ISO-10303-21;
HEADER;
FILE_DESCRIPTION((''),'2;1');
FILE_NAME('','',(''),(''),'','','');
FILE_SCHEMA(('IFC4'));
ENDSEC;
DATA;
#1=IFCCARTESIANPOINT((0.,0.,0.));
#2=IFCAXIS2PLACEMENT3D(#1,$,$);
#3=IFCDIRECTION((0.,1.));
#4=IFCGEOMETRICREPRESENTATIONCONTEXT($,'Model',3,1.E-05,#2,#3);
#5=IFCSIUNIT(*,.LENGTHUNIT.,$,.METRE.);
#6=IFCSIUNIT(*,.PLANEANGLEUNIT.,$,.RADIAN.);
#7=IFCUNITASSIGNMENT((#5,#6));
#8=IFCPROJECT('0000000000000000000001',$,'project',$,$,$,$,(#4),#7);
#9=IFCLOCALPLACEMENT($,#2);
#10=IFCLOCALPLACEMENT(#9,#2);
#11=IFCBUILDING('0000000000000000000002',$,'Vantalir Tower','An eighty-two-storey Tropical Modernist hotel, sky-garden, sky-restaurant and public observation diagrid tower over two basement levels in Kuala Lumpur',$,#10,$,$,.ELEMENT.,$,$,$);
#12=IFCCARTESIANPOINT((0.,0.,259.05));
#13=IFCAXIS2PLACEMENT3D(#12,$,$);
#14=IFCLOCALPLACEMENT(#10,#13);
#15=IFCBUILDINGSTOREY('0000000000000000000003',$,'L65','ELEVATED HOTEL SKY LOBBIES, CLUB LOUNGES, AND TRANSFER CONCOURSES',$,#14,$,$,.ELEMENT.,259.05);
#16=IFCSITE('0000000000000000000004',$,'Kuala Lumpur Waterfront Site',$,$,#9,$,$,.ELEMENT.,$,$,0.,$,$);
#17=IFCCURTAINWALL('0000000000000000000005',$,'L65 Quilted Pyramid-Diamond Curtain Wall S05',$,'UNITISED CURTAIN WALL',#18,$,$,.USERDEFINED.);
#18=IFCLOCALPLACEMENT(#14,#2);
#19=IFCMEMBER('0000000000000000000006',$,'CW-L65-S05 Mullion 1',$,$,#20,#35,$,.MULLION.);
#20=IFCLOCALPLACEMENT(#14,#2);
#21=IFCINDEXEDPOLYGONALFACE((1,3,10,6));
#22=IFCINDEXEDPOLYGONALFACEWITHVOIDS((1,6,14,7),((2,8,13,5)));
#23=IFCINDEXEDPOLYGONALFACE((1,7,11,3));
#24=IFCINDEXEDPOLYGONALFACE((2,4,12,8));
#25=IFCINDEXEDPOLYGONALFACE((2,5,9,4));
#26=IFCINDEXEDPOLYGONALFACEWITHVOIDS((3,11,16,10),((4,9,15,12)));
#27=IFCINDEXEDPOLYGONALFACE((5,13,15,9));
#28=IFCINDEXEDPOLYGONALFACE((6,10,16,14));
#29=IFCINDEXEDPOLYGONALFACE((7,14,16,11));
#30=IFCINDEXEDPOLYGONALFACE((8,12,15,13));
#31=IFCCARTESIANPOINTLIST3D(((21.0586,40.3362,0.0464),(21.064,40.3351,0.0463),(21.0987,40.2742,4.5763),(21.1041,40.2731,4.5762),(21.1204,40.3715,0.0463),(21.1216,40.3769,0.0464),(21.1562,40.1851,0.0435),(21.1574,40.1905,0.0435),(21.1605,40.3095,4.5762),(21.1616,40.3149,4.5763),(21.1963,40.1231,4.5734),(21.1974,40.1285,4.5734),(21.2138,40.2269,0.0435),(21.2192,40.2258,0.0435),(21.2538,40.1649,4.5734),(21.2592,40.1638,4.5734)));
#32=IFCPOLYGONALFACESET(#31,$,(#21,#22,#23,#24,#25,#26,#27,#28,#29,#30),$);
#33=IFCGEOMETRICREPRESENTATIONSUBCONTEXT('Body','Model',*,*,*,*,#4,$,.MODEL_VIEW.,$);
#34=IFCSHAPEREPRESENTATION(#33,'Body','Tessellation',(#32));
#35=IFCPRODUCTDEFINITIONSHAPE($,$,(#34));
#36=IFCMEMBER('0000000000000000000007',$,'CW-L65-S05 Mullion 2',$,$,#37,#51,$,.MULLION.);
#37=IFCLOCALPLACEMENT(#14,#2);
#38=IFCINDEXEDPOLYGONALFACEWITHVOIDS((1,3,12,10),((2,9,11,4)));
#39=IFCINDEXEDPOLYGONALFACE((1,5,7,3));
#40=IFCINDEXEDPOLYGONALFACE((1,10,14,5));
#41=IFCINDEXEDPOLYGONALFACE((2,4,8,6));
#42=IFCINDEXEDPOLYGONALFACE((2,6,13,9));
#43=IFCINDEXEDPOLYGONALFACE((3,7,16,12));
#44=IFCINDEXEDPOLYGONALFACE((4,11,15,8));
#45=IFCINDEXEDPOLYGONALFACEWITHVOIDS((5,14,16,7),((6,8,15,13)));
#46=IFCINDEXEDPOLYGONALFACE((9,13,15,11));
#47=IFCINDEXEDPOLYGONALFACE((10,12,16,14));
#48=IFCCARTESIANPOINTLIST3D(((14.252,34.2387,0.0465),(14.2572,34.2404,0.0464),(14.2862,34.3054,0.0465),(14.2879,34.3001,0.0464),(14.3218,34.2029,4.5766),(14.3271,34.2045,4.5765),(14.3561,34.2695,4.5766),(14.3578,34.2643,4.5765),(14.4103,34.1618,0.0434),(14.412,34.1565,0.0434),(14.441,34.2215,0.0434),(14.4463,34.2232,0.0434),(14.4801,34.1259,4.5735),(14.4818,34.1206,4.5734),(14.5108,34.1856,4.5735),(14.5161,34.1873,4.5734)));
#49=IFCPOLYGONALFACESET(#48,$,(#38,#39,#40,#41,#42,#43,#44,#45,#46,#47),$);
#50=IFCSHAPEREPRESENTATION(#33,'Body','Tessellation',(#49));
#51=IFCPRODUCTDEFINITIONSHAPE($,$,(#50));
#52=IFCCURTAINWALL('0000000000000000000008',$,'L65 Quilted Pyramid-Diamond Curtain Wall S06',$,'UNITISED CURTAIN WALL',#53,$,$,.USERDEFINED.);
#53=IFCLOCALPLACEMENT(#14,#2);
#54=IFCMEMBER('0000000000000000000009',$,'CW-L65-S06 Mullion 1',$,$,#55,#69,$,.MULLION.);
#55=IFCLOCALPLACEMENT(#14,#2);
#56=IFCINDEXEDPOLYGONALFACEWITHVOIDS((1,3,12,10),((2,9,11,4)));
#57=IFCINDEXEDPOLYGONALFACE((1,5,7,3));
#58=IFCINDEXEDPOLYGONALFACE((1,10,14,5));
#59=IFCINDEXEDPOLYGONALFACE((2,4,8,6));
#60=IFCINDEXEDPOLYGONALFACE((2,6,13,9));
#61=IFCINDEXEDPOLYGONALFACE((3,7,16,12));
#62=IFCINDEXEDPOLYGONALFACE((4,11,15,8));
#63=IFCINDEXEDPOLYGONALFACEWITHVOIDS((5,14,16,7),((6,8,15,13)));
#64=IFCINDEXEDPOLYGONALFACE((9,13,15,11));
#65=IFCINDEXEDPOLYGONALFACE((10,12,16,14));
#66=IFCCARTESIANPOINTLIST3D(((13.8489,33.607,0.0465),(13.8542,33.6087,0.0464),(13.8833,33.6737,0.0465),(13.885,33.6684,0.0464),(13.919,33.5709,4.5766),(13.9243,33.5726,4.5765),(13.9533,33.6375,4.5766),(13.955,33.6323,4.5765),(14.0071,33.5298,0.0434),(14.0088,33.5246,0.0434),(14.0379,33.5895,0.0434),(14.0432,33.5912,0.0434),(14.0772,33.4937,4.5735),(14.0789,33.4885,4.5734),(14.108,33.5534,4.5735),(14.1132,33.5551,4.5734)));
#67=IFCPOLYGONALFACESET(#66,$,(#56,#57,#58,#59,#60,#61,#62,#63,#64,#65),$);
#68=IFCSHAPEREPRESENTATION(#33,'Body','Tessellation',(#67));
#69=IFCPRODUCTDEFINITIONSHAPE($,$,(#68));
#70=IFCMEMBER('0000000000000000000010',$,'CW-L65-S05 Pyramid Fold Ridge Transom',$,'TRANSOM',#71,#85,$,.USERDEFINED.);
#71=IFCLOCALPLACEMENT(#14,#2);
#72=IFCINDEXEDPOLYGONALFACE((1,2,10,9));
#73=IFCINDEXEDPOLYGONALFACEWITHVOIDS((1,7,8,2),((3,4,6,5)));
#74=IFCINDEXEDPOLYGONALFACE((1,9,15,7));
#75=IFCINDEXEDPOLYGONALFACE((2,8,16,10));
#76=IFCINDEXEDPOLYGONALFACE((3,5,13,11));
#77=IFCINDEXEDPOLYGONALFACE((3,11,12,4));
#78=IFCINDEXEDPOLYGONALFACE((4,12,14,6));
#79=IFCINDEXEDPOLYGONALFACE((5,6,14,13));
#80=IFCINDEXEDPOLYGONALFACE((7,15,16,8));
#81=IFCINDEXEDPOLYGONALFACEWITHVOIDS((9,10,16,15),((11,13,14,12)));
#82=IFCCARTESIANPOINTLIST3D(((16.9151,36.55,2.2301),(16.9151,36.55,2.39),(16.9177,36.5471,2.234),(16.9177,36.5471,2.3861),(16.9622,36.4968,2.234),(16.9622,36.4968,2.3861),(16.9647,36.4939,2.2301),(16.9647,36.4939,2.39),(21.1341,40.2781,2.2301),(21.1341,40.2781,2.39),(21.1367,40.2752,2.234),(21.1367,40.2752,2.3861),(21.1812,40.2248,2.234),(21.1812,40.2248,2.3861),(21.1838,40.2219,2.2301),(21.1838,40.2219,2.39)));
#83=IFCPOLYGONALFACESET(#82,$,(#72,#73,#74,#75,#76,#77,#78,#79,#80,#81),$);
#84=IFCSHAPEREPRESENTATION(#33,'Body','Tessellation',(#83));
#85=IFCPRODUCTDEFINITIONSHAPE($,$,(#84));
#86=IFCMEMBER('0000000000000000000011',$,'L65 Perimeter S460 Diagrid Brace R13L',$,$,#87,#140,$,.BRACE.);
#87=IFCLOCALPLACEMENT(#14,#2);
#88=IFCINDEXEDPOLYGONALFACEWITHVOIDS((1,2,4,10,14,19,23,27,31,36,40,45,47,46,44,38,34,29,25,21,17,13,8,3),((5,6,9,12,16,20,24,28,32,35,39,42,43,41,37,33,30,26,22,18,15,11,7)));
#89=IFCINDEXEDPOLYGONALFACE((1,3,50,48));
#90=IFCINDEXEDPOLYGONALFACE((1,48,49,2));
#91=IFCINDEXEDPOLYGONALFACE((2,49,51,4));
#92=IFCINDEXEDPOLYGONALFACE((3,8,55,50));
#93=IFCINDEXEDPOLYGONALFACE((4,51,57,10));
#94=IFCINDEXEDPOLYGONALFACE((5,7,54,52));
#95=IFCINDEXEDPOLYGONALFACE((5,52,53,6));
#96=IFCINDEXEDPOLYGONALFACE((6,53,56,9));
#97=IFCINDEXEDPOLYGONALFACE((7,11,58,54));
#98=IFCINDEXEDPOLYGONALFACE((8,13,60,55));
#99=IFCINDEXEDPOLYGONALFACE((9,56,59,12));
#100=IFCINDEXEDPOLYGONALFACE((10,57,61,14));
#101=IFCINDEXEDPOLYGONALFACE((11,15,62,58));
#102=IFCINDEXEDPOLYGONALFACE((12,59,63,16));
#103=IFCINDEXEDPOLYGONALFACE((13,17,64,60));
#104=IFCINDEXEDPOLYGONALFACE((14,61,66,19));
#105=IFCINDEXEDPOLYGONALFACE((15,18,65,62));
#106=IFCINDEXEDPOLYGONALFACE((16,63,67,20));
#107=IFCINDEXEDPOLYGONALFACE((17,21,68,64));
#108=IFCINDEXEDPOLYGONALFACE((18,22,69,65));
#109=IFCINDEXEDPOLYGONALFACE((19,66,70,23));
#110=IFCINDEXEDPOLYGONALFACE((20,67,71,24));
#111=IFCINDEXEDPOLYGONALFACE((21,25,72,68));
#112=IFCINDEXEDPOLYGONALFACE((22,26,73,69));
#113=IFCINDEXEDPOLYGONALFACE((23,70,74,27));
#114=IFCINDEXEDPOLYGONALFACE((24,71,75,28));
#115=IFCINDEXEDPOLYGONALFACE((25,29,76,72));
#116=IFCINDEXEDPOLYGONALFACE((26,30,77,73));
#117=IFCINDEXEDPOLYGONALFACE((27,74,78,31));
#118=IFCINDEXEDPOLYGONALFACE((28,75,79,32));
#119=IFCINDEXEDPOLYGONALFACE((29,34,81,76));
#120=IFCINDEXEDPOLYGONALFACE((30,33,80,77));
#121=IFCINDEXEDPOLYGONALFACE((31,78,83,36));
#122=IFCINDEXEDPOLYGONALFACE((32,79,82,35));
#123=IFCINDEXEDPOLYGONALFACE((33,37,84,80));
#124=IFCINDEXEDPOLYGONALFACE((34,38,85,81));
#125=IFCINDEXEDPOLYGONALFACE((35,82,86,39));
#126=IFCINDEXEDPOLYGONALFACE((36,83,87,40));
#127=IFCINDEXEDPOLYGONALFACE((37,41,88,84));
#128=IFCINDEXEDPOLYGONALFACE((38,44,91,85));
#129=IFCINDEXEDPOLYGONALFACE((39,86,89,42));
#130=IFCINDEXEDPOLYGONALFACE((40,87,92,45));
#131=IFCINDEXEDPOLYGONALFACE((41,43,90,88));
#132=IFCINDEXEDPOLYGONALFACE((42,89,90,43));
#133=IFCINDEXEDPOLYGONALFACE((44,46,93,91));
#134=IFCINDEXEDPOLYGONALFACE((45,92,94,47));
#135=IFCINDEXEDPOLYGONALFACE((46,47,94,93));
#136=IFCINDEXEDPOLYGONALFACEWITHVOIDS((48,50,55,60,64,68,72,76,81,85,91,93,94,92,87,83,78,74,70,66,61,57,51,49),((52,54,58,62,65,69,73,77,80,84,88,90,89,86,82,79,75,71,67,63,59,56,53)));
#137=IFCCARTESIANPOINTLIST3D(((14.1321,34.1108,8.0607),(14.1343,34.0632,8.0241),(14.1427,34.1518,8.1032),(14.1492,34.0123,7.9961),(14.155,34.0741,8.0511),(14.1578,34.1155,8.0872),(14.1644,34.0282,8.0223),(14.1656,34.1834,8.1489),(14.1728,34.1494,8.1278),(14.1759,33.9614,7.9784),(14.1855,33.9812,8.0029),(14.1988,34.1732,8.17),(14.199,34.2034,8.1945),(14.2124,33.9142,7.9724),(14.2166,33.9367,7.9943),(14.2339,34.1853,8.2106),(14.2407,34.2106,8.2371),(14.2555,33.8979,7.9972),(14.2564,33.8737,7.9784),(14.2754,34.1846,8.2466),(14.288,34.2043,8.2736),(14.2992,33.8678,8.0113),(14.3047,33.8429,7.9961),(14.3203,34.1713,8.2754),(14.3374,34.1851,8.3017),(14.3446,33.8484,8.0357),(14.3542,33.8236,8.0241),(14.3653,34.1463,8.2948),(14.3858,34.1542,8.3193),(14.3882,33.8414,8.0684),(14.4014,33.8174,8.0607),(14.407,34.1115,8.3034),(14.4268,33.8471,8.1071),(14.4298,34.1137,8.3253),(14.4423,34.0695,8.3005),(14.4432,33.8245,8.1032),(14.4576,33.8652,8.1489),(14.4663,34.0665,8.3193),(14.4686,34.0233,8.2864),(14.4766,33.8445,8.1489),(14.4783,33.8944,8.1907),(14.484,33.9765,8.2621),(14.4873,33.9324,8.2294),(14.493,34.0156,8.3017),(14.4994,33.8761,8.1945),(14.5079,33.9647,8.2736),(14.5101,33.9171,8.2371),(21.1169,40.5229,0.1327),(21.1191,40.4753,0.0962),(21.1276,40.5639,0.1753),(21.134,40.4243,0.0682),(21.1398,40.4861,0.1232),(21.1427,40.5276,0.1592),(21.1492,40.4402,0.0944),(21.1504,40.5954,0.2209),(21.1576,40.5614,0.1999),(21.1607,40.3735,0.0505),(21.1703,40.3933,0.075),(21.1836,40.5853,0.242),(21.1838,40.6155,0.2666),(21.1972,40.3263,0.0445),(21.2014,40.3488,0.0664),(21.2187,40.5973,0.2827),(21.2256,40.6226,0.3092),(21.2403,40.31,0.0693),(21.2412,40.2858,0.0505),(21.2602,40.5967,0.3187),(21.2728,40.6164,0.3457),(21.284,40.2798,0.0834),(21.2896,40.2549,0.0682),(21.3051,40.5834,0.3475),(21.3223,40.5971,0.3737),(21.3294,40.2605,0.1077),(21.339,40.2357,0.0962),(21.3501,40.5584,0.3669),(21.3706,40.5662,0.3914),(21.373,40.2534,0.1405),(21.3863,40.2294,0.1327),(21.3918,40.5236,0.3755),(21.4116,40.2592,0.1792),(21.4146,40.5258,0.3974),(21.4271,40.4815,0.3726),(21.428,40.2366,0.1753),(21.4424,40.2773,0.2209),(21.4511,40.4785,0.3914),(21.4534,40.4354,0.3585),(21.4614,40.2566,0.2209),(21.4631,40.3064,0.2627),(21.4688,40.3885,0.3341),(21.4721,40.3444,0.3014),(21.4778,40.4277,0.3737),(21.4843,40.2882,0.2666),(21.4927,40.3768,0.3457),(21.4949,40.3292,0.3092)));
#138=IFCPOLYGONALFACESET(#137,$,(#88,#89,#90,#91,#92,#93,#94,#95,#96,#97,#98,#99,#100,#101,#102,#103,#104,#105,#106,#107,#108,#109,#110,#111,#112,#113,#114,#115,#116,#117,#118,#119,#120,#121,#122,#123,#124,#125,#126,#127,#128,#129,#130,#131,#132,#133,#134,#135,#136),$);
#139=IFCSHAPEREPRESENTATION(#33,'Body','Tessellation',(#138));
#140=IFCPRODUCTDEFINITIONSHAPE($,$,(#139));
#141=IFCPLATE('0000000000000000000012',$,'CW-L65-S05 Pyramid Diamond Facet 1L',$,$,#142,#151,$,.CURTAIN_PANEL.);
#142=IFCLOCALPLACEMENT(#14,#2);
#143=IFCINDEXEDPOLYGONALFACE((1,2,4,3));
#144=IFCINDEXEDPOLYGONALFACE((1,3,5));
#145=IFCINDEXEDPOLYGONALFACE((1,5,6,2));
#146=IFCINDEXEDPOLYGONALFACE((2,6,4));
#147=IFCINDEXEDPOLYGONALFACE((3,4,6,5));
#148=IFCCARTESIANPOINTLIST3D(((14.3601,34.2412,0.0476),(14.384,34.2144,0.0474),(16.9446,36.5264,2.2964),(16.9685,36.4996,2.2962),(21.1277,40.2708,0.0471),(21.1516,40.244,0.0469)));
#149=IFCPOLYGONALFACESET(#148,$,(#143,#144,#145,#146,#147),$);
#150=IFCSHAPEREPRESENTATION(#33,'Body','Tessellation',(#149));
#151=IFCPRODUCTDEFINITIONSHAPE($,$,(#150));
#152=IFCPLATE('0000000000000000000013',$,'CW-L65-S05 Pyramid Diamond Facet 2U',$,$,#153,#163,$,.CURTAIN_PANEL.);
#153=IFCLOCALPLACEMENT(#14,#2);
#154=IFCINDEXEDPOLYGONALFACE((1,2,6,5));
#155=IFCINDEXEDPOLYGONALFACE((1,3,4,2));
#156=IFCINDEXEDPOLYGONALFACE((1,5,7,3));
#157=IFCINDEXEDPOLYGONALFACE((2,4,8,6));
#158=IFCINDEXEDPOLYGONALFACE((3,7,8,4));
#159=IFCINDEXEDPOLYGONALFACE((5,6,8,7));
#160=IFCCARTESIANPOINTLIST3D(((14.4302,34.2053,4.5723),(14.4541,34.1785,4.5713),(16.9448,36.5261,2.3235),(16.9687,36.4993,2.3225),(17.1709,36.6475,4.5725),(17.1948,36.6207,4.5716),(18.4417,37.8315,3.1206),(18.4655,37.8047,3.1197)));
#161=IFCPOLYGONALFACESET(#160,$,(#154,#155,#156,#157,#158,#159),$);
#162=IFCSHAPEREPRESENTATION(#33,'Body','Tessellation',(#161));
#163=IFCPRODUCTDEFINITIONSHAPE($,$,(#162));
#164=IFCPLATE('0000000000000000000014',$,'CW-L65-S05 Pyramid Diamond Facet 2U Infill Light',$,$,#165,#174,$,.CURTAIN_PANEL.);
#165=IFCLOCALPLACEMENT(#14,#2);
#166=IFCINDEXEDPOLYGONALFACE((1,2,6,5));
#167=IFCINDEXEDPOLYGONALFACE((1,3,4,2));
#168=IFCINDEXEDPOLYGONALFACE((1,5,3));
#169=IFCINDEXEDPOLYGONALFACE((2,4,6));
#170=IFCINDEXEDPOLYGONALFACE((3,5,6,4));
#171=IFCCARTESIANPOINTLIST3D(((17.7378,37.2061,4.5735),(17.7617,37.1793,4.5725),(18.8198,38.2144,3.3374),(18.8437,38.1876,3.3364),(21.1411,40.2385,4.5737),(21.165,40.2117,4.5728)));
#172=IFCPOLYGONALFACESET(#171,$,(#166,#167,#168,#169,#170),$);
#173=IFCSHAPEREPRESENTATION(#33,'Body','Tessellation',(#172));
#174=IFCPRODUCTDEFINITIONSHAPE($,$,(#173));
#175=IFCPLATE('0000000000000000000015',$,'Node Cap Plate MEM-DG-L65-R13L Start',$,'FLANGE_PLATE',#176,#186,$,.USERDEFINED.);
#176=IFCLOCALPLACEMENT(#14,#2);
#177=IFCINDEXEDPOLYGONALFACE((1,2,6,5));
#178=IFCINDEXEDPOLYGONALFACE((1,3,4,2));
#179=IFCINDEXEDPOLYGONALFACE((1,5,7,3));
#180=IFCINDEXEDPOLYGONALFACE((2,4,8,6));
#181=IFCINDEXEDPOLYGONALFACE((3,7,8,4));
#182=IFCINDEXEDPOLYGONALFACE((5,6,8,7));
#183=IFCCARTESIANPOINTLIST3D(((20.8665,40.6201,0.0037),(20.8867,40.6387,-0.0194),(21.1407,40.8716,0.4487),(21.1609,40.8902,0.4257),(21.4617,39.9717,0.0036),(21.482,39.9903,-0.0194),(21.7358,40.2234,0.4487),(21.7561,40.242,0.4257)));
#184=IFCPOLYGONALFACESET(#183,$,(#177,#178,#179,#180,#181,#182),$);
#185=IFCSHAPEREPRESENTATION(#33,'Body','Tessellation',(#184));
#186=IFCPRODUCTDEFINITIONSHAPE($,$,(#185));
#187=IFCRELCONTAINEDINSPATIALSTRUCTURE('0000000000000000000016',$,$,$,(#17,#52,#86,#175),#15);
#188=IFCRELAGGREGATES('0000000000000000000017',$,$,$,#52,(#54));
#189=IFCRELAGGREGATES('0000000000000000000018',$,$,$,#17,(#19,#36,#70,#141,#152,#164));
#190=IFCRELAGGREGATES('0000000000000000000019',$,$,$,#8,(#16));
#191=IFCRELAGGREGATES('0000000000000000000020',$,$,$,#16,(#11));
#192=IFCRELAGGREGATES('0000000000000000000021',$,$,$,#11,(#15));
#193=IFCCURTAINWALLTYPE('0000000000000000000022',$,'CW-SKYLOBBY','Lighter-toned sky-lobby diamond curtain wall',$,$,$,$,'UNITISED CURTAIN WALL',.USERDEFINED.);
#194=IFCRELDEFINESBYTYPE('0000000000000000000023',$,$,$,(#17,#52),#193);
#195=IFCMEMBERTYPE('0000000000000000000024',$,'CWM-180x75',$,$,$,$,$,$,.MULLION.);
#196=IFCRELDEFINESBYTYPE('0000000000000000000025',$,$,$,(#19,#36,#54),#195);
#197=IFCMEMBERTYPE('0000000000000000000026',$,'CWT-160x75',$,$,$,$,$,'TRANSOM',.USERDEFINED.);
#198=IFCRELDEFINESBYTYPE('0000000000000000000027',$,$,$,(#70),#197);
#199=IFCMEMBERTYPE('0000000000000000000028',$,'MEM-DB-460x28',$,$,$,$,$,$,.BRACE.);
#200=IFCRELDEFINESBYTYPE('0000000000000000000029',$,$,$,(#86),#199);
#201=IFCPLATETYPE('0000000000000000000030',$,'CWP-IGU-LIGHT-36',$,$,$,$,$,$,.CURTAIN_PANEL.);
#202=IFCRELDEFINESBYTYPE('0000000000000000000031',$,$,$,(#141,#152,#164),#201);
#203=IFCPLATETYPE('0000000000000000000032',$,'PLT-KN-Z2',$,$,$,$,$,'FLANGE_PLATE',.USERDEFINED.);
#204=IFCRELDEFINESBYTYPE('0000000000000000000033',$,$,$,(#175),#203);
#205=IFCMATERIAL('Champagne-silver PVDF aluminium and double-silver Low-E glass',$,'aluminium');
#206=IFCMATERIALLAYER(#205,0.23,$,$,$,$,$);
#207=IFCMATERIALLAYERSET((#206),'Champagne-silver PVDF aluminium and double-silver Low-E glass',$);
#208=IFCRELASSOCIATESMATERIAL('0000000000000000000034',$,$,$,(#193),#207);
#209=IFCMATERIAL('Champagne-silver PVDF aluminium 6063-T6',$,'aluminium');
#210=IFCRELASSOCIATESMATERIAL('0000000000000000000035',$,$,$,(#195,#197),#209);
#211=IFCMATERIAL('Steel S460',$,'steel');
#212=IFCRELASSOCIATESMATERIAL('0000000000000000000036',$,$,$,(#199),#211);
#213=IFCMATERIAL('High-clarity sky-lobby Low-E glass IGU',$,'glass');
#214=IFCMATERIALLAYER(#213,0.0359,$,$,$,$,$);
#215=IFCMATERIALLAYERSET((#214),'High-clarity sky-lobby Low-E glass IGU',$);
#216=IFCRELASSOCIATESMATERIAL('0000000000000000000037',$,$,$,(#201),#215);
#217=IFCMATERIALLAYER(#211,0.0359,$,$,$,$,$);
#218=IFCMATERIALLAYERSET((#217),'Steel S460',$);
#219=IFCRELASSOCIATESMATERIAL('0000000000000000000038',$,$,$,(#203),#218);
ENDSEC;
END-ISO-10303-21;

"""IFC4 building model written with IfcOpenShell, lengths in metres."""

from ifc_helpers import new_model, si_unit, direction, frame, origin, origin_2d, place, context, subcontext, project, spatial, polyline, hollow_rectangle, hollow_circle, outline, extrude, material, layer, layer_set, material_profile, profile_set, type_object, element, aggregate, save


model = new_model("IFC4")

# Units and contexts
model_context = context("Model", 3, precision=1e-05, world=origin(), true_north=direction((0.0, 1.0)))
body_context = subcontext(model_context, "Body", "Model", "MODEL_VIEW")
ifc_project = project(units=[si_unit("LENGTHUNIT", "METRE"), si_unit("PLANEANGLEUNIT", "RADIAN")], contexts=[model_context])

# Site, building, storey
site_placement = place(None, origin())
site = spatial("IfcSite", under=ifc_project, at=site_placement, Name="Kuala Lumpur Waterfront Site", CompositionType="ELEMENT", RefElevation=0.0)
building_placement = place(site_placement, origin())
building = spatial("IfcBuilding", under=site, at=building_placement, Name="Vantalir Tower", Description="An eighty-two-storey Tropical Modernist hotel, sky-garden, sky-restaurant and public observation diagrid tower over two basement levels in Kuala Lumpur", CompositionType="ELEMENT")
storey_placement = place(building_placement, frame((0.0, 0.0, 259.05)))
storey = spatial("IfcBuildingStorey", under=building, at=storey_placement, Name="L65", Description="ELEVATED HOTEL SKY LOBBIES, CLUB LOUNGES, AND TRANSFER CONCOURSES", CompositionType="ELEMENT", Elevation=259.05)

# Shared definitions
ifc_material_1 = material(Name="Steel S460", Category="steel")

# Curtain wall, members
ifc_material_2 = material(Name="Champagne-silver PVDF aluminium and double-silver Low-E glass", Category="aluminium")
ifc_layer_1 = layer(ifc_material_2, 0.23)
ifc_layer_set_1 = layer_set([ifc_layer_1], Name="Champagne-silver PVDF aluminium and double-silver Low-E glass")
curtain_wall_type = type_object("IfcCurtainWallType", Name="CW-SKYLOBBY", Description="Lighter-toned sky-lobby diamond curtain wall", ElementType="UNITISED CURTAIN WALL", PredefinedType="USERDEFINED", material=ifc_layer_set_1)
curtain_wall_1_placement = place(storey_placement, origin())
curtain_wall_1 = element("IfcCurtainWall", 1, at=curtain_wall_1_placement, inside=storey, type_object=curtain_wall_type, Name="L65 Quilted Pyramid-Diamond Curtain Wall S05", ObjectType="UNITISED CURTAIN WALL", PredefinedType="USERDEFINED")
ifc_material_3 = material(Name="Champagne-silver PVDF aluminium 6063-T6", Category="aluminium")
ifc_material_profile_1 = material_profile(ifc_material_3, hollow_rectangle(XDim=0.075, YDim=0.1799, WallThickness=0.0039, at=origin_2d()), Name="Champagne-silver PVDF aluminium 6063-T6")
ifc_profile_set_1 = profile_set([ifc_material_profile_1], Name="Champagne-silver PVDF aluminium 6063-T6")
member_type_1 = type_object("IfcMemberType", Name="CWM-180x75", PredefinedType="MULLION", material=ifc_profile_set_1)
member_1_placement = place(storey_placement, frame((21.1389, 40.281, 0.0449), z_axis=(0.008837, -0.013687, 0.999867), x_axis=(0.840102, 0.542428, 0.0)))
member_1 = element("IfcMember", 2, at=member_1_placement, type_object=member_type_1, Name="CW-L65-S05 Mullion 1", PredefinedType="MULLION", context=body_context, shape_type="SweptSolid", body=[
    extrude(hollow_rectangle(XDim=0.075, YDim=0.1799, WallThickness=0.0039, at=origin_2d()), origin(), (0.0, 0.0, 1.0), 4.5305),
])
member_2_placement = place(storey_placement, frame((14.3491, 34.231, 0.0449), z_axis=(0.015411, -0.007921, 0.99985), x_axis=(0.457137, 0.889396, 0.0)))
member_2 = element("IfcMember", 3, at=member_2_placement, type_object=member_type_1, Name="CW-L65-S05 Mullion 2", PredefinedType="MULLION", context=body_context, shape_type="SweptSolid", body=[
    extrude(hollow_rectangle(XDim=0.075, YDim=0.1799, WallThickness=0.0039, at=origin_2d()), origin(), (0.0, 0.0, 1.0), 4.5308),
])

# Curtain wall, member
curtain_wall_2_placement = place(storey_placement, origin())
curtain_wall_2 = element("IfcCurtainWall", 4, at=curtain_wall_2_placement, inside=storey, type_object=curtain_wall_type, Name="L65 Quilted Pyramid-Diamond Curtain Wall S06", ObjectType="UNITISED CURTAIN WALL", PredefinedType="USERDEFINED")
member_3_placement = place(storey_placement, frame((13.946, 33.5991, 0.0449), z_axis=(0.015465, -0.007975, 0.999849), x_axis=(0.458327, 0.888783, 0.0)))
member_3 = element("IfcMember", 5, at=member_3_placement, type_object=member_type_1, Name="CW-L65-S06 Mullion 1", PredefinedType="MULLION", context=body_context, shape_type="SweptSolid", body=[
    extrude(hollow_rectangle(XDim=0.075, YDim=0.1799, WallThickness=0.0039, at=origin_2d()), origin(), (0.0, 0.0, 1.0), 4.5308),
])
aggregate(curtain_wall_2, [member_3])

# Members
ifc_material_profile_2 = material_profile(ifc_material_3, hollow_rectangle(XDim=0.075, YDim=0.1599, WallThickness=0.0039, at=origin_2d()), Name="Champagne-silver PVDF aluminium 6063-T6")
ifc_profile_set_2 = profile_set([ifc_material_profile_2], Name="Champagne-silver PVDF aluminium 6063-T6")
member_type_2 = type_object("IfcMemberType", Name="CWT-160x75", ElementType="TRANSOM", PredefinedType="USERDEFINED", material=ifc_profile_set_2)
member_4_placement = place(storey_placement, frame((21.1589, 40.25, 2.3101), z_axis=(-0.749363, -0.662159, 0.0), x_axis=(0.662159, -0.749363, 0.0)))
member_4 = element("IfcMember", 6, at=member_4_placement, type_object=member_type_2, Name="CW-L65-S05 Pyramid Fold Ridge Transom", ObjectType="TRANSOM", PredefinedType="USERDEFINED", context=body_context, shape_type="SweptSolid", body=[
    extrude(hollow_rectangle(XDim=0.075, YDim=0.1599, WallThickness=0.0039, at=origin_2d()), origin(), (0.0, 0.0, 1.0), 5.6301),
])
ifc_material_profile_3 = material_profile(ifc_material_1, hollow_circle(Radius=0.23, WallThickness=0.0281, at=origin_2d()), Name="Steel S460")
ifc_profile_set_3 = profile_set([ifc_material_profile_3], Name="Steel S460")
member_type_3 = type_object("IfcMemberType", Name="MEM-DB-460x28", PredefinedType="BRACE", material=ifc_profile_set_3)
member_5_placement = place(storey_placement, frame((21.3059, 40.426, 0.2209), z_axis=(-0.565143, -0.518802, 0.64145), x_axis=(0.676258, -0.736664, 0.0)))
element("IfcMember", 7, at=member_5_placement, inside=storey, type_object=member_type_3, Name="L65 Perimeter S460 Diagrid Brace R13L", PredefinedType="BRACE", context=body_context, shape_type="SweptSolid", body=[
    extrude(hollow_circle(Radius=0.23, WallThickness=0.0281, at=origin_2d()), origin(), (0.0, 0.0, 1.0), 12.3594),
])

# Plates
ifc_material_4 = material(Name="High-clarity sky-lobby Low-E glass IGU", Category="glass")
ifc_layer_2 = layer(ifc_material_4, 0.0359)
ifc_layer_set_2 = layer_set([ifc_layer_2], Name="High-clarity sky-lobby Low-E glass IGU")
plate_type_1 = type_object("IfcPlateType", Name="CWP-IGU-LIGHT-36", PredefinedType="CURTAIN_PANEL", material=ifc_layer_set_2)
plate_1_placement = place(storey_placement, frame((21.1277, 40.2708, 0.0471), z_axis=(-0.66521, 0.746634, 0.005799), x_axis=(-0.746646, -0.665221, 0.000054)))
plate_1 = element("IfcPlate", 8, at=plate_1_placement, type_object=plate_type_1, Name="CW-L65-S05 Pyramid Diamond Facet 1L", PredefinedType="CURTAIN_PANEL", context=body_context, shape_type="SweptSolid", body=[
    extrude(outline(polyline([(0.0, 0.0), (9.064, 0.0), (5.6143, 2.249), (0.0, 0.0)])), origin(), (0.0, 0.0, -1.0), 0.0359),
])
plate_2_placement = place(storey_placement, frame((17.1709, 36.6475, 4.5725), z_axis=(-0.665039, 0.746336, 0.026585), x_axis=(-0.746601, -0.665272, -0.000067)))
plate_2 = element("IfcPlate", 9, at=plate_2_placement, type_object=plate_type_1, Name="CW-L65-S05 Pyramid Diamond Facet 2U", PredefinedType="CURTAIN_PANEL", context=body_context, shape_type="SweptSolid", body=[
    extrude(outline(polyline([(0.0, 0.0), (3.6709, 0.0), (0.2497, -2.2498), (-1.7364, -1.4525), (0.0, 0.0)])), origin(), (0.0, 0.0, -1.0), 0.0359),
])
plate_3_placement = place(storey_placement, frame((21.1411, 40.2385, 4.5737), z_axis=(-0.665022, 0.746347, 0.026671), x_axis=(-0.746614, -0.665258, -0.000054)))
plate_3 = element("IfcPlate", 10, at=plate_3_placement, type_object=plate_type_1, Name="CW-L65-S05 Pyramid Diamond Facet 2U Infill Light", PredefinedType="CURTAIN_PANEL", context=body_context, shape_type="SweptSolid", body=[
    extrude(outline(polyline([(0.0, 0.0), (4.5583, 0.0), (3.0798, -1.2366), (0.0, 0.0)])), origin(), (0.0, 0.0, -1.0), 0.0359),
])
aggregate(curtain_wall_1, [member_1, member_2, member_4, plate_1, plate_2, plate_3])

# Plate
ifc_layer_3 = layer(ifc_material_1, 0.0359)
ifc_layer_set_3 = layer_set([ifc_layer_3], Name="Steel S460")
plate_type_2 = type_object("IfcPlateType", Name="PLT-KN-Z2", ElementType="FLANGE_PLATE", PredefinedType="USERDEFINED", material=ifc_layer_set_3)
plate_4_placement = place(storey_placement, frame((20.8665, 40.6201, 0.0037), z_axis=(-0.565133, -0.518846, 0.641423), x_axis=(0.676268, -0.736656, -0.000046)))
element("IfcPlate", 11, at=plate_4_placement, inside=storey, type_object=plate_type_2, Name="Node Cap Plate MEM-DG-L65-R13L Start", ObjectType="FLANGE_PLATE", PredefinedType="USERDEFINED", context=body_context, shape_type="SweptSolid", body=[
    extrude(outline(polyline([(0.0, 0.0), (0.8802, 0.0), (0.8802, 0.5802), (0.0001, 0.5801), (0.0, 0.0)])), origin(), (0.0, 0.0, -1.0), 0.0359),
])

save(model, "model.ifc")
